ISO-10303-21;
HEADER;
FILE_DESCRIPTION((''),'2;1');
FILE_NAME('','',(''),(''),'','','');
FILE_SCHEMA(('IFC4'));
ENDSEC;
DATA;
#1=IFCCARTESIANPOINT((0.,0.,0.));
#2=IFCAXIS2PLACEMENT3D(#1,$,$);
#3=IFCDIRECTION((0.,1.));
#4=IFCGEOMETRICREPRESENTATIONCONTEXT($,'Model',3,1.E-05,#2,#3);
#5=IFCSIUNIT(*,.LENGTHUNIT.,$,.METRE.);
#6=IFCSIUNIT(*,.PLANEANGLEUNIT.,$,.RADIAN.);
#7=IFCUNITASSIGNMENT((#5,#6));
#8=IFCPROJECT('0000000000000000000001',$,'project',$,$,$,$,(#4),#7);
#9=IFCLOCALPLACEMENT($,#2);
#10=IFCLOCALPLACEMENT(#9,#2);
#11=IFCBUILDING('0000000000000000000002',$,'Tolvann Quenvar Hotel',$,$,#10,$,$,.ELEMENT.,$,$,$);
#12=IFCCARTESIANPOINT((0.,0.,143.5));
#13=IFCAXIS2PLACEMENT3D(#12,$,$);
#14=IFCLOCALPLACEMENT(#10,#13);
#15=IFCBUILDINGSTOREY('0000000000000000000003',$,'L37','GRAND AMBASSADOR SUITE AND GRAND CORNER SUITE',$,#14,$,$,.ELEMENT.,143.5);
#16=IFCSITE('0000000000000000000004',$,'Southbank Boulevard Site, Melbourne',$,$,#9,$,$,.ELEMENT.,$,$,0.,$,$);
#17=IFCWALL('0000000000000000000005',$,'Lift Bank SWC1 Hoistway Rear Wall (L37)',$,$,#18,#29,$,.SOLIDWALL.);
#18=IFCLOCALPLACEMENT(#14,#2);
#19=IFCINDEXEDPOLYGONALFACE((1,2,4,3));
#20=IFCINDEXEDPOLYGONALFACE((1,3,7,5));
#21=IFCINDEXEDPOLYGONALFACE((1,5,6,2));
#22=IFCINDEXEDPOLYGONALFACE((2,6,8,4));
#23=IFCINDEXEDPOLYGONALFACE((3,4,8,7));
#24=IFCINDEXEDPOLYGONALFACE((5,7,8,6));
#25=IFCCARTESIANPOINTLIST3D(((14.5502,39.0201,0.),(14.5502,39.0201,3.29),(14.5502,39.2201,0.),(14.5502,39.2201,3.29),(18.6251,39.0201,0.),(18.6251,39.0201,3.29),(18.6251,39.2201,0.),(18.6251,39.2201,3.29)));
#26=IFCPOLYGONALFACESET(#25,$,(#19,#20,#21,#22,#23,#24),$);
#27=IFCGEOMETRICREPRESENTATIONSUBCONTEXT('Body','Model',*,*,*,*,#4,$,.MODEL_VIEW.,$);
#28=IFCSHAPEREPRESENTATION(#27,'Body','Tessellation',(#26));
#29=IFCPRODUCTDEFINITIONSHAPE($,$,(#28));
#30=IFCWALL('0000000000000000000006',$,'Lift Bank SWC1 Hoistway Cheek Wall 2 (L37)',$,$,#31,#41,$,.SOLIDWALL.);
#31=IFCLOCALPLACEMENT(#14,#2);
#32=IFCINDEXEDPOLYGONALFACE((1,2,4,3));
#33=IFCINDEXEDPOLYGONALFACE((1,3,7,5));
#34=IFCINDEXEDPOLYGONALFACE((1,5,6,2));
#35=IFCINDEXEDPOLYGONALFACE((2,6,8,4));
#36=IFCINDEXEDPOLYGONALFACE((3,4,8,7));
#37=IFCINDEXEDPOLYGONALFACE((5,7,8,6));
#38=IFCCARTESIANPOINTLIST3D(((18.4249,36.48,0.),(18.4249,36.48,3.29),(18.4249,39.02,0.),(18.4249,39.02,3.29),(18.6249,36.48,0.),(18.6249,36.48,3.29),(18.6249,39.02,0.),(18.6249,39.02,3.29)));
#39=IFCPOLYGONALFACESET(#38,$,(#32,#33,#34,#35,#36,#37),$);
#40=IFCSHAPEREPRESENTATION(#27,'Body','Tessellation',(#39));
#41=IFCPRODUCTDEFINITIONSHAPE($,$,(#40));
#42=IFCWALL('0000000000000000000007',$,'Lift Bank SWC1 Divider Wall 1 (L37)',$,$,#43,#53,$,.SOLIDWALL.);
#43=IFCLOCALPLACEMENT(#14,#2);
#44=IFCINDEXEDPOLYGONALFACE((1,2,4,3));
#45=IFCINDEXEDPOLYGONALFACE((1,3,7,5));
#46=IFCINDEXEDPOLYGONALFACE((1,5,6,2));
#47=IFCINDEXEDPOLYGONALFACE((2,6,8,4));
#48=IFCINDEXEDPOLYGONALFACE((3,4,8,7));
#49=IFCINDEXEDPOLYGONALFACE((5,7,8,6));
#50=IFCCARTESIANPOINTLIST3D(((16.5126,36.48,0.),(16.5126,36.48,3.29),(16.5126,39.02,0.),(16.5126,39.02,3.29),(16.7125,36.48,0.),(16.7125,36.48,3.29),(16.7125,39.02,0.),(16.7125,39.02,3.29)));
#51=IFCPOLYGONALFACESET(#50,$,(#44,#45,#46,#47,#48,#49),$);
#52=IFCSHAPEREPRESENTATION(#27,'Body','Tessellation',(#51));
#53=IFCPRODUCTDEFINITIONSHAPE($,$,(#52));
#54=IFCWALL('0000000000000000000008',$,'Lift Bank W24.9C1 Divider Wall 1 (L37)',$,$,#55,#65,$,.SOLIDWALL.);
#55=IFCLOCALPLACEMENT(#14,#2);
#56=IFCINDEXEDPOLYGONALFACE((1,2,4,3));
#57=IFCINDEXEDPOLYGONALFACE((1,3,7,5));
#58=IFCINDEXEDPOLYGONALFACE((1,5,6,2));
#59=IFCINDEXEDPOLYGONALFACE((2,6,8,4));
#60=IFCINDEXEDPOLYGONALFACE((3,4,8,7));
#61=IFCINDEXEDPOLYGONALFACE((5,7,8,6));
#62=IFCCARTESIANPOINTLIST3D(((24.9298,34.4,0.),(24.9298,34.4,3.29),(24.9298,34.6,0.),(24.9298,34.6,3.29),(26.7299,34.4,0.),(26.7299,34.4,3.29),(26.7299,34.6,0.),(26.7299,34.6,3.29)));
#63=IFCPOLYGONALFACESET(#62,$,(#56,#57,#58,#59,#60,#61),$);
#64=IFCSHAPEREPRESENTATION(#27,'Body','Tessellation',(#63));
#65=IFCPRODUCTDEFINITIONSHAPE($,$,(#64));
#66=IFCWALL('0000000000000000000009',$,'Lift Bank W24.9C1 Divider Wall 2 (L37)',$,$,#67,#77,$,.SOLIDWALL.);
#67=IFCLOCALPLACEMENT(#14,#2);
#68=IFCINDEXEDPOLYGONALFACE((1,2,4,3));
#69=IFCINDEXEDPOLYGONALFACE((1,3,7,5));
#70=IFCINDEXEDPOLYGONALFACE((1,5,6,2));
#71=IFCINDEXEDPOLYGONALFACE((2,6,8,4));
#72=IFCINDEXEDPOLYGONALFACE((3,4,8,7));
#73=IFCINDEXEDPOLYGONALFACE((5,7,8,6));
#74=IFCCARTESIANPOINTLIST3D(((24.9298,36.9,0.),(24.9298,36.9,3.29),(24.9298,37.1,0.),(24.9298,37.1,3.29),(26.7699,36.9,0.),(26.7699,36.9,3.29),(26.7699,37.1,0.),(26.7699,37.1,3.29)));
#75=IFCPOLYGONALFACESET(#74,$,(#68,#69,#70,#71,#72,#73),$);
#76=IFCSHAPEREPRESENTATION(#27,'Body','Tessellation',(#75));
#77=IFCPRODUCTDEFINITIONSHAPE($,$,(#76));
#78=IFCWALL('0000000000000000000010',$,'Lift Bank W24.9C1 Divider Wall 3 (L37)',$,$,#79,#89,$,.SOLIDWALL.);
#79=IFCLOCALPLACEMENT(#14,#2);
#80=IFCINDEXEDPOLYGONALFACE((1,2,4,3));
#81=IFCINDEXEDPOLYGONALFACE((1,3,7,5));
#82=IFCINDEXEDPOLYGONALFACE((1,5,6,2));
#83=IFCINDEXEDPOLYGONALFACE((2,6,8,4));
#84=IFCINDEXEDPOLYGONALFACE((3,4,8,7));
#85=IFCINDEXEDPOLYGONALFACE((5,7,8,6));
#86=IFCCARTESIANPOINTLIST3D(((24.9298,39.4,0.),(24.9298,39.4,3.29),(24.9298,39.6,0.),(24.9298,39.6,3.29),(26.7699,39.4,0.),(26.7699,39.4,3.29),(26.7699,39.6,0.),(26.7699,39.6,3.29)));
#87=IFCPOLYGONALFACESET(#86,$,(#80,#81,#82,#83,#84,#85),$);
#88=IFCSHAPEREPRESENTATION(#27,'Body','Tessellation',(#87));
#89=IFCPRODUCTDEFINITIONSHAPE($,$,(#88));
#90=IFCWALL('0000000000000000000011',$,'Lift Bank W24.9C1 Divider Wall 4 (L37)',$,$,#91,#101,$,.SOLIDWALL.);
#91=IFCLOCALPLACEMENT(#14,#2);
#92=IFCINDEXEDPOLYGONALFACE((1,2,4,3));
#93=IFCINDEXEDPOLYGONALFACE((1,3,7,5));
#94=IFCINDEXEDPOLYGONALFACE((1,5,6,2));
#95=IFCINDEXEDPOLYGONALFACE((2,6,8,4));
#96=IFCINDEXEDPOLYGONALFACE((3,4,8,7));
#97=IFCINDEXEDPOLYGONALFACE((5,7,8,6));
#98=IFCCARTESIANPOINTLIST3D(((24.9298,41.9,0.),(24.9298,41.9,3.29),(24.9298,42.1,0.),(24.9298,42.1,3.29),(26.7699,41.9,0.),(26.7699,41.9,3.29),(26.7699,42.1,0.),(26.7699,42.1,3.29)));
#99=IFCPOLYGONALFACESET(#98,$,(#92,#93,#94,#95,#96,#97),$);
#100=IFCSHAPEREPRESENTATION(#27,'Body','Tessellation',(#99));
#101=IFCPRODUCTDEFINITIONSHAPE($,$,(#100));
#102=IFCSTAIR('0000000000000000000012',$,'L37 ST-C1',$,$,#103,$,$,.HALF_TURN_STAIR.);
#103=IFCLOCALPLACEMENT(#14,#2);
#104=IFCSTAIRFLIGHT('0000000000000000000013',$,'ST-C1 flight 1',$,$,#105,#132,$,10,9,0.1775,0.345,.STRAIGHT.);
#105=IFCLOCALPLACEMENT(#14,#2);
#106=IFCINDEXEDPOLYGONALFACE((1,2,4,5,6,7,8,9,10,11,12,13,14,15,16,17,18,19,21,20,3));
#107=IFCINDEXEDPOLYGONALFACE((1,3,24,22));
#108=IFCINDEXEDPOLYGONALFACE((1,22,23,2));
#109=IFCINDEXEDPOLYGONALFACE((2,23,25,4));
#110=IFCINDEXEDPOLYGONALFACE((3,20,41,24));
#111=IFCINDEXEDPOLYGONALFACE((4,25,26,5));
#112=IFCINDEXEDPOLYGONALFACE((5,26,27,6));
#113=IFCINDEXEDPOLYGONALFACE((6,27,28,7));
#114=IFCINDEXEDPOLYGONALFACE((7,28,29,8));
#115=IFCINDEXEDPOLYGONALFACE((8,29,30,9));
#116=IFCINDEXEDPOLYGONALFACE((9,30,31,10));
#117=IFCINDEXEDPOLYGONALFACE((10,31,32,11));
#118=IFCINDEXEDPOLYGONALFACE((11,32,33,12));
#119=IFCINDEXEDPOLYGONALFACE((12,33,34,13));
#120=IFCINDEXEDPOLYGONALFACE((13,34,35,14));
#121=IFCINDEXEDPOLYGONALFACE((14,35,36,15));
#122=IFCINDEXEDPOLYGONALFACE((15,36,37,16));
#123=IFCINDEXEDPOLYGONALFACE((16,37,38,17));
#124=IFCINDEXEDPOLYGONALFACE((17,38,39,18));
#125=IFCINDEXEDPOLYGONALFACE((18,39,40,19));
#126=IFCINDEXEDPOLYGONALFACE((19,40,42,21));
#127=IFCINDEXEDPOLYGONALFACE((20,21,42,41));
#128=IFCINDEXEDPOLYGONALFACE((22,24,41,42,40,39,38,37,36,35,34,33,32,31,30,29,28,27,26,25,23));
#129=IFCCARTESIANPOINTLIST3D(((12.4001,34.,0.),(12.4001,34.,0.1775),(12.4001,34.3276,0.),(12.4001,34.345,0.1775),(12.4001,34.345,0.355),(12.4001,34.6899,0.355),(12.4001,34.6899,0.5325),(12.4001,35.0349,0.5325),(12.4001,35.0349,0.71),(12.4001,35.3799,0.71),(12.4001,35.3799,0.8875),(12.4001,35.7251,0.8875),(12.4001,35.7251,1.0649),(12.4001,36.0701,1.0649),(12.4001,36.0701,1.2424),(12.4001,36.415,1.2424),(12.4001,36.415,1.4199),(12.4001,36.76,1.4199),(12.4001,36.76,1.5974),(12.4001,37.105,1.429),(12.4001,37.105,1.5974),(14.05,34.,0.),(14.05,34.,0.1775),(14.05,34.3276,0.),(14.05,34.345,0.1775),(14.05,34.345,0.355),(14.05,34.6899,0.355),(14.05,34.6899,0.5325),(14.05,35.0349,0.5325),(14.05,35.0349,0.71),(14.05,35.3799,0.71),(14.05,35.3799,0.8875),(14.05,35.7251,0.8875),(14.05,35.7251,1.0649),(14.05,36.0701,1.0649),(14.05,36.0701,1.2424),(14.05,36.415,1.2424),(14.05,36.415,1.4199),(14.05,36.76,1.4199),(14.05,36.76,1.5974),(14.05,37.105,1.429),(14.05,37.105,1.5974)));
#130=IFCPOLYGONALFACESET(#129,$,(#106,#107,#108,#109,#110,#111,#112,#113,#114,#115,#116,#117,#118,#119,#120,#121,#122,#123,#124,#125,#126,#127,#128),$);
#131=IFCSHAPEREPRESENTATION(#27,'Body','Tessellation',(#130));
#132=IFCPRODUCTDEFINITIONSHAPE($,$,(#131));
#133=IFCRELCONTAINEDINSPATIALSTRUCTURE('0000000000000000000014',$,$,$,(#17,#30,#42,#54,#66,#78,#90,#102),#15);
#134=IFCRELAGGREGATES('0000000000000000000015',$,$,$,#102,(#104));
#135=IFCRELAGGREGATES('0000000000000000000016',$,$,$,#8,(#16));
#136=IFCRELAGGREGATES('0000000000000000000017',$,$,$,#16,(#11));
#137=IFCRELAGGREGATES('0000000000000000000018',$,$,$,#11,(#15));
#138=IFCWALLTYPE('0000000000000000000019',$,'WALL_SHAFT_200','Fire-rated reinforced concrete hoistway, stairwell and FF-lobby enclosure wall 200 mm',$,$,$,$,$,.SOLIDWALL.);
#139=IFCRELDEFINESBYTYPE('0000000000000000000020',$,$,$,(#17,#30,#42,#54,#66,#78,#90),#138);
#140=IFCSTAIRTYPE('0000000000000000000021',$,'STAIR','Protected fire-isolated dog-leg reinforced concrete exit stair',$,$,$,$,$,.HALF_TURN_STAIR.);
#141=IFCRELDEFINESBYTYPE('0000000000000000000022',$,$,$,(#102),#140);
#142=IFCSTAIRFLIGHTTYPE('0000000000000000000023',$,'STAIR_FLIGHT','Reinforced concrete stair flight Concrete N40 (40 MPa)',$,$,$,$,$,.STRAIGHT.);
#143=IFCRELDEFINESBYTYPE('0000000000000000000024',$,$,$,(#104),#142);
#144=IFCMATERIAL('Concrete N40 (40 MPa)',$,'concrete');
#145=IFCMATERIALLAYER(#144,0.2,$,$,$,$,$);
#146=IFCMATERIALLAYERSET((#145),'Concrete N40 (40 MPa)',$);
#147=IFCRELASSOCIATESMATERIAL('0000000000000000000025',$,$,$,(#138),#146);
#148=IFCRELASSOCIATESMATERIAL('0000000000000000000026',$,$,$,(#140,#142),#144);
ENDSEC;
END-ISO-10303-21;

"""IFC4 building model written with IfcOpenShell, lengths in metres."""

from ifc_helpers import new_model, si_unit, direction, frame, frame_2d, origin, place, context, subcontext, project, spatial, polyline, rectangle, outline, extrude, material, layer, layer_set, type_object, element, aggregate, save


model = new_model("IFC4")

# Units and contexts
model_context = context("Model", 3, precision=1e-05, world=origin(), true_north=direction((0.0, 1.0)))
body_context = subcontext(model_context, "Body", "Model", "MODEL_VIEW")
ifc_project = project(units=[si_unit("LENGTHUNIT", "METRE"), si_unit("PLANEANGLEUNIT", "RADIAN")], contexts=[model_context])

# Site, building, storey
site_placement = place(None, origin())
site = spatial("IfcSite", under=ifc_project, at=site_placement, Name="Southbank Boulevard Site, Melbourne", CompositionType="ELEMENT", RefElevation=0.0)
building_placement = place(site_placement, origin())
building = spatial("IfcBuilding", under=site, at=building_placement, Name="Tolvann Quenvar Hotel", CompositionType="ELEMENT")
storey_placement = place(building_placement, frame((0.0, 0.0, 143.5)))
storey = spatial("IfcBuildingStorey", under=building, at=storey_placement, Name="L37", Description="GRAND AMBASSADOR SUITE AND GRAND CORNER SUITE", CompositionType="ELEMENT", Elevation=143.5)

# Shared definitions
ifc_material_1 = material(Name="Concrete N40 (40 MPa)", Category="concrete")
ifc_layer_1 = layer(ifc_material_1, 0.2)
ifc_layer_set_1 = layer_set([ifc_layer_1], Name="Concrete N40 (40 MPa)")
wall_type_1 = type_object("IfcWallType", Name="WALL_SHAFT_200", Description="Fire-rated reinforced concrete hoistway, stairwell and FF-lobby enclosure wall 200 mm", PredefinedType="SOLIDWALL", material=ifc_layer_set_1)

# Walls
wall_1_placement = place(storey_placement, frame((14.55, 39.1201, 0.0), z_axis=(0.0, 0.0, 1.0), x_axis=(1.0, 0.0, 0.0)))
element("IfcWall", 1, at=wall_1_placement, inside=storey, type_object=wall_type_1, Name="Lift Bank SWC1 Hoistway Rear Wall (L37)", PredefinedType="SOLIDWALL", context=body_context, shape_type="SweptSolid", body=[
    extrude(rectangle(XDim=4.075, YDim=0.2, at=frame_2d((2.0376, 0.0))), origin(), (0.0, 0.0, 1.0), 3.29),
])
for number, where, z_axis, x_axis, name in (
    (2, (18.5249, 36.48, 0.0), (0.0, 0.0, 1.0), (0.0, 1.0, 0.0), "Lift Bank SWC1 Hoistway Cheek Wall 2 (L37)"),
    (3, (16.6125, 36.48, 0.0), (0.0, 0.0, 1.0), (0.0, 1.0, 0.0), "Lift Bank SWC1 Divider Wall 1 (L37)"),
):
    element("IfcWall", number, at=place(storey_placement, frame(where, z_axis=z_axis, x_axis=x_axis)), inside=storey, type_object=wall_type_1, Name=name, PredefinedType="SOLIDWALL", context=body_context, shape_type="SweptSolid", body=[
        extrude(rectangle(XDim=2.54, YDim=0.2, at=frame_2d((1.27, 0.0))), origin(), (0.0, 0.0, 1.0), 3.29),
    ])

# Walls
wall_2_placement = place(storey_placement, frame((24.9299, 34.5, 0.0), z_axis=(0.0, 0.0, 1.0), x_axis=(1.0, 0.0, 0.0)))
element("IfcWall", 4, at=wall_2_placement, inside=storey, type_object=wall_type_1, Name="Lift Bank W24.9C1 Divider Wall 1 (L37)", PredefinedType="SOLIDWALL", context=body_context, shape_type="SweptSolid", body=[
    extrude(rectangle(XDim=1.8, YDim=0.2, at=frame_2d((0.8999, 0.0))), origin(), (0.0, 0.0, 1.0), 3.29),
])
for number, where, z_axis, x_axis, name in (
    (5, (24.9299, 37.0, 0.0), (0.0, 0.0, 1.0), (1.0, 0.0, 0.0), "Lift Bank W24.9C1 Divider Wall 2 (L37)"),
    (6, (24.9299, 39.5, 0.0), (0.0, 0.0, 1.0), (1.0, 0.0, 0.0), "Lift Bank W24.9C1 Divider Wall 3 (L37)"),
    (7, (24.9299, 42.0, 0.0), (0.0, 0.0, 1.0), (1.0, 0.0, 0.0), "Lift Bank W24.9C1 Divider Wall 4 (L37)"),
):
    element("IfcWall", number, at=place(storey_placement, frame(where, z_axis=z_axis, x_axis=x_axis)), inside=storey, type_object=wall_type_1, Name=name, PredefinedType="SOLIDWALL", context=body_context, shape_type="SweptSolid", body=[
        extrude(rectangle(XDim=1.8401, YDim=0.2, at=frame_2d((0.9199, 0.0))), origin(), (0.0, 0.0, 1.0), 3.29),
    ])

# Stair, stair flight
stair_type = type_object("IfcStairType", Name="STAIR", Description="Protected fire-isolated dog-leg reinforced concrete exit stair", PredefinedType="HALF_TURN_STAIR", material=ifc_material_1)
stair_placement = place(storey_placement, origin())
stair = element("IfcStair", 8, at=stair_placement, inside=storey, type_object=stair_type, Name="L37 ST-C1", PredefinedType="HALF_TURN_STAIR")
stair_flight_type = type_object("IfcStairFlightType", Name="STAIR_FLIGHT", Description="Reinforced concrete stair flight Concrete N40 (40 MPa)", PredefinedType="STRAIGHT", material=ifc_material_1)
stair_flight_placement = place(storey_placement, frame((13.2251, 34.0, 0.0), z_axis=(0.0, 0.0, 1.0), x_axis=(0.0, 1.0, 0.0)))
stair_flight = element("IfcStairFlight", 9, at=stair_flight_placement, type_object=stair_flight_type, Name="ST-C1 flight 1", NumberOfRisers=10, NumberOfTreads=9, PredefinedType="STRAIGHT", RiserHeight=0.1775, TreadLength=0.345, context=body_context, shape_type="SweptSolid", body=[
    extrude(outline(polyline([(0.0, 0.0), (0.0, 0.1775), (0.345, 0.1775), (0.345, 0.355), (0.6899, 0.355), (0.6899, 0.5325), (1.0349, 0.5325), (1.0349, 0.71), (1.3799, 0.71), (1.3799, 0.8875), (1.7251, 0.8875), (1.7251, 1.0649), (2.0701, 1.0649), (2.0701, 1.2424), (2.415, 1.2424), (2.415, 1.4199), (2.76, 1.4199), (2.76, 1.5974), (3.105, 1.5974), (3.105, 1.7749), (3.105, 1.429), (0.3276, 0.0), (0.0, 0.0)])), frame((0.0, 0.825, 0.0), z_axis=(0.0, -1.0, 0.0), x_axis=(1.0, 0.0, 0.0)), (0.0, 0.0, 1.0), 1.6499),
])
aggregate(stair, [stair_flight])

save(model, "model.ifc")
